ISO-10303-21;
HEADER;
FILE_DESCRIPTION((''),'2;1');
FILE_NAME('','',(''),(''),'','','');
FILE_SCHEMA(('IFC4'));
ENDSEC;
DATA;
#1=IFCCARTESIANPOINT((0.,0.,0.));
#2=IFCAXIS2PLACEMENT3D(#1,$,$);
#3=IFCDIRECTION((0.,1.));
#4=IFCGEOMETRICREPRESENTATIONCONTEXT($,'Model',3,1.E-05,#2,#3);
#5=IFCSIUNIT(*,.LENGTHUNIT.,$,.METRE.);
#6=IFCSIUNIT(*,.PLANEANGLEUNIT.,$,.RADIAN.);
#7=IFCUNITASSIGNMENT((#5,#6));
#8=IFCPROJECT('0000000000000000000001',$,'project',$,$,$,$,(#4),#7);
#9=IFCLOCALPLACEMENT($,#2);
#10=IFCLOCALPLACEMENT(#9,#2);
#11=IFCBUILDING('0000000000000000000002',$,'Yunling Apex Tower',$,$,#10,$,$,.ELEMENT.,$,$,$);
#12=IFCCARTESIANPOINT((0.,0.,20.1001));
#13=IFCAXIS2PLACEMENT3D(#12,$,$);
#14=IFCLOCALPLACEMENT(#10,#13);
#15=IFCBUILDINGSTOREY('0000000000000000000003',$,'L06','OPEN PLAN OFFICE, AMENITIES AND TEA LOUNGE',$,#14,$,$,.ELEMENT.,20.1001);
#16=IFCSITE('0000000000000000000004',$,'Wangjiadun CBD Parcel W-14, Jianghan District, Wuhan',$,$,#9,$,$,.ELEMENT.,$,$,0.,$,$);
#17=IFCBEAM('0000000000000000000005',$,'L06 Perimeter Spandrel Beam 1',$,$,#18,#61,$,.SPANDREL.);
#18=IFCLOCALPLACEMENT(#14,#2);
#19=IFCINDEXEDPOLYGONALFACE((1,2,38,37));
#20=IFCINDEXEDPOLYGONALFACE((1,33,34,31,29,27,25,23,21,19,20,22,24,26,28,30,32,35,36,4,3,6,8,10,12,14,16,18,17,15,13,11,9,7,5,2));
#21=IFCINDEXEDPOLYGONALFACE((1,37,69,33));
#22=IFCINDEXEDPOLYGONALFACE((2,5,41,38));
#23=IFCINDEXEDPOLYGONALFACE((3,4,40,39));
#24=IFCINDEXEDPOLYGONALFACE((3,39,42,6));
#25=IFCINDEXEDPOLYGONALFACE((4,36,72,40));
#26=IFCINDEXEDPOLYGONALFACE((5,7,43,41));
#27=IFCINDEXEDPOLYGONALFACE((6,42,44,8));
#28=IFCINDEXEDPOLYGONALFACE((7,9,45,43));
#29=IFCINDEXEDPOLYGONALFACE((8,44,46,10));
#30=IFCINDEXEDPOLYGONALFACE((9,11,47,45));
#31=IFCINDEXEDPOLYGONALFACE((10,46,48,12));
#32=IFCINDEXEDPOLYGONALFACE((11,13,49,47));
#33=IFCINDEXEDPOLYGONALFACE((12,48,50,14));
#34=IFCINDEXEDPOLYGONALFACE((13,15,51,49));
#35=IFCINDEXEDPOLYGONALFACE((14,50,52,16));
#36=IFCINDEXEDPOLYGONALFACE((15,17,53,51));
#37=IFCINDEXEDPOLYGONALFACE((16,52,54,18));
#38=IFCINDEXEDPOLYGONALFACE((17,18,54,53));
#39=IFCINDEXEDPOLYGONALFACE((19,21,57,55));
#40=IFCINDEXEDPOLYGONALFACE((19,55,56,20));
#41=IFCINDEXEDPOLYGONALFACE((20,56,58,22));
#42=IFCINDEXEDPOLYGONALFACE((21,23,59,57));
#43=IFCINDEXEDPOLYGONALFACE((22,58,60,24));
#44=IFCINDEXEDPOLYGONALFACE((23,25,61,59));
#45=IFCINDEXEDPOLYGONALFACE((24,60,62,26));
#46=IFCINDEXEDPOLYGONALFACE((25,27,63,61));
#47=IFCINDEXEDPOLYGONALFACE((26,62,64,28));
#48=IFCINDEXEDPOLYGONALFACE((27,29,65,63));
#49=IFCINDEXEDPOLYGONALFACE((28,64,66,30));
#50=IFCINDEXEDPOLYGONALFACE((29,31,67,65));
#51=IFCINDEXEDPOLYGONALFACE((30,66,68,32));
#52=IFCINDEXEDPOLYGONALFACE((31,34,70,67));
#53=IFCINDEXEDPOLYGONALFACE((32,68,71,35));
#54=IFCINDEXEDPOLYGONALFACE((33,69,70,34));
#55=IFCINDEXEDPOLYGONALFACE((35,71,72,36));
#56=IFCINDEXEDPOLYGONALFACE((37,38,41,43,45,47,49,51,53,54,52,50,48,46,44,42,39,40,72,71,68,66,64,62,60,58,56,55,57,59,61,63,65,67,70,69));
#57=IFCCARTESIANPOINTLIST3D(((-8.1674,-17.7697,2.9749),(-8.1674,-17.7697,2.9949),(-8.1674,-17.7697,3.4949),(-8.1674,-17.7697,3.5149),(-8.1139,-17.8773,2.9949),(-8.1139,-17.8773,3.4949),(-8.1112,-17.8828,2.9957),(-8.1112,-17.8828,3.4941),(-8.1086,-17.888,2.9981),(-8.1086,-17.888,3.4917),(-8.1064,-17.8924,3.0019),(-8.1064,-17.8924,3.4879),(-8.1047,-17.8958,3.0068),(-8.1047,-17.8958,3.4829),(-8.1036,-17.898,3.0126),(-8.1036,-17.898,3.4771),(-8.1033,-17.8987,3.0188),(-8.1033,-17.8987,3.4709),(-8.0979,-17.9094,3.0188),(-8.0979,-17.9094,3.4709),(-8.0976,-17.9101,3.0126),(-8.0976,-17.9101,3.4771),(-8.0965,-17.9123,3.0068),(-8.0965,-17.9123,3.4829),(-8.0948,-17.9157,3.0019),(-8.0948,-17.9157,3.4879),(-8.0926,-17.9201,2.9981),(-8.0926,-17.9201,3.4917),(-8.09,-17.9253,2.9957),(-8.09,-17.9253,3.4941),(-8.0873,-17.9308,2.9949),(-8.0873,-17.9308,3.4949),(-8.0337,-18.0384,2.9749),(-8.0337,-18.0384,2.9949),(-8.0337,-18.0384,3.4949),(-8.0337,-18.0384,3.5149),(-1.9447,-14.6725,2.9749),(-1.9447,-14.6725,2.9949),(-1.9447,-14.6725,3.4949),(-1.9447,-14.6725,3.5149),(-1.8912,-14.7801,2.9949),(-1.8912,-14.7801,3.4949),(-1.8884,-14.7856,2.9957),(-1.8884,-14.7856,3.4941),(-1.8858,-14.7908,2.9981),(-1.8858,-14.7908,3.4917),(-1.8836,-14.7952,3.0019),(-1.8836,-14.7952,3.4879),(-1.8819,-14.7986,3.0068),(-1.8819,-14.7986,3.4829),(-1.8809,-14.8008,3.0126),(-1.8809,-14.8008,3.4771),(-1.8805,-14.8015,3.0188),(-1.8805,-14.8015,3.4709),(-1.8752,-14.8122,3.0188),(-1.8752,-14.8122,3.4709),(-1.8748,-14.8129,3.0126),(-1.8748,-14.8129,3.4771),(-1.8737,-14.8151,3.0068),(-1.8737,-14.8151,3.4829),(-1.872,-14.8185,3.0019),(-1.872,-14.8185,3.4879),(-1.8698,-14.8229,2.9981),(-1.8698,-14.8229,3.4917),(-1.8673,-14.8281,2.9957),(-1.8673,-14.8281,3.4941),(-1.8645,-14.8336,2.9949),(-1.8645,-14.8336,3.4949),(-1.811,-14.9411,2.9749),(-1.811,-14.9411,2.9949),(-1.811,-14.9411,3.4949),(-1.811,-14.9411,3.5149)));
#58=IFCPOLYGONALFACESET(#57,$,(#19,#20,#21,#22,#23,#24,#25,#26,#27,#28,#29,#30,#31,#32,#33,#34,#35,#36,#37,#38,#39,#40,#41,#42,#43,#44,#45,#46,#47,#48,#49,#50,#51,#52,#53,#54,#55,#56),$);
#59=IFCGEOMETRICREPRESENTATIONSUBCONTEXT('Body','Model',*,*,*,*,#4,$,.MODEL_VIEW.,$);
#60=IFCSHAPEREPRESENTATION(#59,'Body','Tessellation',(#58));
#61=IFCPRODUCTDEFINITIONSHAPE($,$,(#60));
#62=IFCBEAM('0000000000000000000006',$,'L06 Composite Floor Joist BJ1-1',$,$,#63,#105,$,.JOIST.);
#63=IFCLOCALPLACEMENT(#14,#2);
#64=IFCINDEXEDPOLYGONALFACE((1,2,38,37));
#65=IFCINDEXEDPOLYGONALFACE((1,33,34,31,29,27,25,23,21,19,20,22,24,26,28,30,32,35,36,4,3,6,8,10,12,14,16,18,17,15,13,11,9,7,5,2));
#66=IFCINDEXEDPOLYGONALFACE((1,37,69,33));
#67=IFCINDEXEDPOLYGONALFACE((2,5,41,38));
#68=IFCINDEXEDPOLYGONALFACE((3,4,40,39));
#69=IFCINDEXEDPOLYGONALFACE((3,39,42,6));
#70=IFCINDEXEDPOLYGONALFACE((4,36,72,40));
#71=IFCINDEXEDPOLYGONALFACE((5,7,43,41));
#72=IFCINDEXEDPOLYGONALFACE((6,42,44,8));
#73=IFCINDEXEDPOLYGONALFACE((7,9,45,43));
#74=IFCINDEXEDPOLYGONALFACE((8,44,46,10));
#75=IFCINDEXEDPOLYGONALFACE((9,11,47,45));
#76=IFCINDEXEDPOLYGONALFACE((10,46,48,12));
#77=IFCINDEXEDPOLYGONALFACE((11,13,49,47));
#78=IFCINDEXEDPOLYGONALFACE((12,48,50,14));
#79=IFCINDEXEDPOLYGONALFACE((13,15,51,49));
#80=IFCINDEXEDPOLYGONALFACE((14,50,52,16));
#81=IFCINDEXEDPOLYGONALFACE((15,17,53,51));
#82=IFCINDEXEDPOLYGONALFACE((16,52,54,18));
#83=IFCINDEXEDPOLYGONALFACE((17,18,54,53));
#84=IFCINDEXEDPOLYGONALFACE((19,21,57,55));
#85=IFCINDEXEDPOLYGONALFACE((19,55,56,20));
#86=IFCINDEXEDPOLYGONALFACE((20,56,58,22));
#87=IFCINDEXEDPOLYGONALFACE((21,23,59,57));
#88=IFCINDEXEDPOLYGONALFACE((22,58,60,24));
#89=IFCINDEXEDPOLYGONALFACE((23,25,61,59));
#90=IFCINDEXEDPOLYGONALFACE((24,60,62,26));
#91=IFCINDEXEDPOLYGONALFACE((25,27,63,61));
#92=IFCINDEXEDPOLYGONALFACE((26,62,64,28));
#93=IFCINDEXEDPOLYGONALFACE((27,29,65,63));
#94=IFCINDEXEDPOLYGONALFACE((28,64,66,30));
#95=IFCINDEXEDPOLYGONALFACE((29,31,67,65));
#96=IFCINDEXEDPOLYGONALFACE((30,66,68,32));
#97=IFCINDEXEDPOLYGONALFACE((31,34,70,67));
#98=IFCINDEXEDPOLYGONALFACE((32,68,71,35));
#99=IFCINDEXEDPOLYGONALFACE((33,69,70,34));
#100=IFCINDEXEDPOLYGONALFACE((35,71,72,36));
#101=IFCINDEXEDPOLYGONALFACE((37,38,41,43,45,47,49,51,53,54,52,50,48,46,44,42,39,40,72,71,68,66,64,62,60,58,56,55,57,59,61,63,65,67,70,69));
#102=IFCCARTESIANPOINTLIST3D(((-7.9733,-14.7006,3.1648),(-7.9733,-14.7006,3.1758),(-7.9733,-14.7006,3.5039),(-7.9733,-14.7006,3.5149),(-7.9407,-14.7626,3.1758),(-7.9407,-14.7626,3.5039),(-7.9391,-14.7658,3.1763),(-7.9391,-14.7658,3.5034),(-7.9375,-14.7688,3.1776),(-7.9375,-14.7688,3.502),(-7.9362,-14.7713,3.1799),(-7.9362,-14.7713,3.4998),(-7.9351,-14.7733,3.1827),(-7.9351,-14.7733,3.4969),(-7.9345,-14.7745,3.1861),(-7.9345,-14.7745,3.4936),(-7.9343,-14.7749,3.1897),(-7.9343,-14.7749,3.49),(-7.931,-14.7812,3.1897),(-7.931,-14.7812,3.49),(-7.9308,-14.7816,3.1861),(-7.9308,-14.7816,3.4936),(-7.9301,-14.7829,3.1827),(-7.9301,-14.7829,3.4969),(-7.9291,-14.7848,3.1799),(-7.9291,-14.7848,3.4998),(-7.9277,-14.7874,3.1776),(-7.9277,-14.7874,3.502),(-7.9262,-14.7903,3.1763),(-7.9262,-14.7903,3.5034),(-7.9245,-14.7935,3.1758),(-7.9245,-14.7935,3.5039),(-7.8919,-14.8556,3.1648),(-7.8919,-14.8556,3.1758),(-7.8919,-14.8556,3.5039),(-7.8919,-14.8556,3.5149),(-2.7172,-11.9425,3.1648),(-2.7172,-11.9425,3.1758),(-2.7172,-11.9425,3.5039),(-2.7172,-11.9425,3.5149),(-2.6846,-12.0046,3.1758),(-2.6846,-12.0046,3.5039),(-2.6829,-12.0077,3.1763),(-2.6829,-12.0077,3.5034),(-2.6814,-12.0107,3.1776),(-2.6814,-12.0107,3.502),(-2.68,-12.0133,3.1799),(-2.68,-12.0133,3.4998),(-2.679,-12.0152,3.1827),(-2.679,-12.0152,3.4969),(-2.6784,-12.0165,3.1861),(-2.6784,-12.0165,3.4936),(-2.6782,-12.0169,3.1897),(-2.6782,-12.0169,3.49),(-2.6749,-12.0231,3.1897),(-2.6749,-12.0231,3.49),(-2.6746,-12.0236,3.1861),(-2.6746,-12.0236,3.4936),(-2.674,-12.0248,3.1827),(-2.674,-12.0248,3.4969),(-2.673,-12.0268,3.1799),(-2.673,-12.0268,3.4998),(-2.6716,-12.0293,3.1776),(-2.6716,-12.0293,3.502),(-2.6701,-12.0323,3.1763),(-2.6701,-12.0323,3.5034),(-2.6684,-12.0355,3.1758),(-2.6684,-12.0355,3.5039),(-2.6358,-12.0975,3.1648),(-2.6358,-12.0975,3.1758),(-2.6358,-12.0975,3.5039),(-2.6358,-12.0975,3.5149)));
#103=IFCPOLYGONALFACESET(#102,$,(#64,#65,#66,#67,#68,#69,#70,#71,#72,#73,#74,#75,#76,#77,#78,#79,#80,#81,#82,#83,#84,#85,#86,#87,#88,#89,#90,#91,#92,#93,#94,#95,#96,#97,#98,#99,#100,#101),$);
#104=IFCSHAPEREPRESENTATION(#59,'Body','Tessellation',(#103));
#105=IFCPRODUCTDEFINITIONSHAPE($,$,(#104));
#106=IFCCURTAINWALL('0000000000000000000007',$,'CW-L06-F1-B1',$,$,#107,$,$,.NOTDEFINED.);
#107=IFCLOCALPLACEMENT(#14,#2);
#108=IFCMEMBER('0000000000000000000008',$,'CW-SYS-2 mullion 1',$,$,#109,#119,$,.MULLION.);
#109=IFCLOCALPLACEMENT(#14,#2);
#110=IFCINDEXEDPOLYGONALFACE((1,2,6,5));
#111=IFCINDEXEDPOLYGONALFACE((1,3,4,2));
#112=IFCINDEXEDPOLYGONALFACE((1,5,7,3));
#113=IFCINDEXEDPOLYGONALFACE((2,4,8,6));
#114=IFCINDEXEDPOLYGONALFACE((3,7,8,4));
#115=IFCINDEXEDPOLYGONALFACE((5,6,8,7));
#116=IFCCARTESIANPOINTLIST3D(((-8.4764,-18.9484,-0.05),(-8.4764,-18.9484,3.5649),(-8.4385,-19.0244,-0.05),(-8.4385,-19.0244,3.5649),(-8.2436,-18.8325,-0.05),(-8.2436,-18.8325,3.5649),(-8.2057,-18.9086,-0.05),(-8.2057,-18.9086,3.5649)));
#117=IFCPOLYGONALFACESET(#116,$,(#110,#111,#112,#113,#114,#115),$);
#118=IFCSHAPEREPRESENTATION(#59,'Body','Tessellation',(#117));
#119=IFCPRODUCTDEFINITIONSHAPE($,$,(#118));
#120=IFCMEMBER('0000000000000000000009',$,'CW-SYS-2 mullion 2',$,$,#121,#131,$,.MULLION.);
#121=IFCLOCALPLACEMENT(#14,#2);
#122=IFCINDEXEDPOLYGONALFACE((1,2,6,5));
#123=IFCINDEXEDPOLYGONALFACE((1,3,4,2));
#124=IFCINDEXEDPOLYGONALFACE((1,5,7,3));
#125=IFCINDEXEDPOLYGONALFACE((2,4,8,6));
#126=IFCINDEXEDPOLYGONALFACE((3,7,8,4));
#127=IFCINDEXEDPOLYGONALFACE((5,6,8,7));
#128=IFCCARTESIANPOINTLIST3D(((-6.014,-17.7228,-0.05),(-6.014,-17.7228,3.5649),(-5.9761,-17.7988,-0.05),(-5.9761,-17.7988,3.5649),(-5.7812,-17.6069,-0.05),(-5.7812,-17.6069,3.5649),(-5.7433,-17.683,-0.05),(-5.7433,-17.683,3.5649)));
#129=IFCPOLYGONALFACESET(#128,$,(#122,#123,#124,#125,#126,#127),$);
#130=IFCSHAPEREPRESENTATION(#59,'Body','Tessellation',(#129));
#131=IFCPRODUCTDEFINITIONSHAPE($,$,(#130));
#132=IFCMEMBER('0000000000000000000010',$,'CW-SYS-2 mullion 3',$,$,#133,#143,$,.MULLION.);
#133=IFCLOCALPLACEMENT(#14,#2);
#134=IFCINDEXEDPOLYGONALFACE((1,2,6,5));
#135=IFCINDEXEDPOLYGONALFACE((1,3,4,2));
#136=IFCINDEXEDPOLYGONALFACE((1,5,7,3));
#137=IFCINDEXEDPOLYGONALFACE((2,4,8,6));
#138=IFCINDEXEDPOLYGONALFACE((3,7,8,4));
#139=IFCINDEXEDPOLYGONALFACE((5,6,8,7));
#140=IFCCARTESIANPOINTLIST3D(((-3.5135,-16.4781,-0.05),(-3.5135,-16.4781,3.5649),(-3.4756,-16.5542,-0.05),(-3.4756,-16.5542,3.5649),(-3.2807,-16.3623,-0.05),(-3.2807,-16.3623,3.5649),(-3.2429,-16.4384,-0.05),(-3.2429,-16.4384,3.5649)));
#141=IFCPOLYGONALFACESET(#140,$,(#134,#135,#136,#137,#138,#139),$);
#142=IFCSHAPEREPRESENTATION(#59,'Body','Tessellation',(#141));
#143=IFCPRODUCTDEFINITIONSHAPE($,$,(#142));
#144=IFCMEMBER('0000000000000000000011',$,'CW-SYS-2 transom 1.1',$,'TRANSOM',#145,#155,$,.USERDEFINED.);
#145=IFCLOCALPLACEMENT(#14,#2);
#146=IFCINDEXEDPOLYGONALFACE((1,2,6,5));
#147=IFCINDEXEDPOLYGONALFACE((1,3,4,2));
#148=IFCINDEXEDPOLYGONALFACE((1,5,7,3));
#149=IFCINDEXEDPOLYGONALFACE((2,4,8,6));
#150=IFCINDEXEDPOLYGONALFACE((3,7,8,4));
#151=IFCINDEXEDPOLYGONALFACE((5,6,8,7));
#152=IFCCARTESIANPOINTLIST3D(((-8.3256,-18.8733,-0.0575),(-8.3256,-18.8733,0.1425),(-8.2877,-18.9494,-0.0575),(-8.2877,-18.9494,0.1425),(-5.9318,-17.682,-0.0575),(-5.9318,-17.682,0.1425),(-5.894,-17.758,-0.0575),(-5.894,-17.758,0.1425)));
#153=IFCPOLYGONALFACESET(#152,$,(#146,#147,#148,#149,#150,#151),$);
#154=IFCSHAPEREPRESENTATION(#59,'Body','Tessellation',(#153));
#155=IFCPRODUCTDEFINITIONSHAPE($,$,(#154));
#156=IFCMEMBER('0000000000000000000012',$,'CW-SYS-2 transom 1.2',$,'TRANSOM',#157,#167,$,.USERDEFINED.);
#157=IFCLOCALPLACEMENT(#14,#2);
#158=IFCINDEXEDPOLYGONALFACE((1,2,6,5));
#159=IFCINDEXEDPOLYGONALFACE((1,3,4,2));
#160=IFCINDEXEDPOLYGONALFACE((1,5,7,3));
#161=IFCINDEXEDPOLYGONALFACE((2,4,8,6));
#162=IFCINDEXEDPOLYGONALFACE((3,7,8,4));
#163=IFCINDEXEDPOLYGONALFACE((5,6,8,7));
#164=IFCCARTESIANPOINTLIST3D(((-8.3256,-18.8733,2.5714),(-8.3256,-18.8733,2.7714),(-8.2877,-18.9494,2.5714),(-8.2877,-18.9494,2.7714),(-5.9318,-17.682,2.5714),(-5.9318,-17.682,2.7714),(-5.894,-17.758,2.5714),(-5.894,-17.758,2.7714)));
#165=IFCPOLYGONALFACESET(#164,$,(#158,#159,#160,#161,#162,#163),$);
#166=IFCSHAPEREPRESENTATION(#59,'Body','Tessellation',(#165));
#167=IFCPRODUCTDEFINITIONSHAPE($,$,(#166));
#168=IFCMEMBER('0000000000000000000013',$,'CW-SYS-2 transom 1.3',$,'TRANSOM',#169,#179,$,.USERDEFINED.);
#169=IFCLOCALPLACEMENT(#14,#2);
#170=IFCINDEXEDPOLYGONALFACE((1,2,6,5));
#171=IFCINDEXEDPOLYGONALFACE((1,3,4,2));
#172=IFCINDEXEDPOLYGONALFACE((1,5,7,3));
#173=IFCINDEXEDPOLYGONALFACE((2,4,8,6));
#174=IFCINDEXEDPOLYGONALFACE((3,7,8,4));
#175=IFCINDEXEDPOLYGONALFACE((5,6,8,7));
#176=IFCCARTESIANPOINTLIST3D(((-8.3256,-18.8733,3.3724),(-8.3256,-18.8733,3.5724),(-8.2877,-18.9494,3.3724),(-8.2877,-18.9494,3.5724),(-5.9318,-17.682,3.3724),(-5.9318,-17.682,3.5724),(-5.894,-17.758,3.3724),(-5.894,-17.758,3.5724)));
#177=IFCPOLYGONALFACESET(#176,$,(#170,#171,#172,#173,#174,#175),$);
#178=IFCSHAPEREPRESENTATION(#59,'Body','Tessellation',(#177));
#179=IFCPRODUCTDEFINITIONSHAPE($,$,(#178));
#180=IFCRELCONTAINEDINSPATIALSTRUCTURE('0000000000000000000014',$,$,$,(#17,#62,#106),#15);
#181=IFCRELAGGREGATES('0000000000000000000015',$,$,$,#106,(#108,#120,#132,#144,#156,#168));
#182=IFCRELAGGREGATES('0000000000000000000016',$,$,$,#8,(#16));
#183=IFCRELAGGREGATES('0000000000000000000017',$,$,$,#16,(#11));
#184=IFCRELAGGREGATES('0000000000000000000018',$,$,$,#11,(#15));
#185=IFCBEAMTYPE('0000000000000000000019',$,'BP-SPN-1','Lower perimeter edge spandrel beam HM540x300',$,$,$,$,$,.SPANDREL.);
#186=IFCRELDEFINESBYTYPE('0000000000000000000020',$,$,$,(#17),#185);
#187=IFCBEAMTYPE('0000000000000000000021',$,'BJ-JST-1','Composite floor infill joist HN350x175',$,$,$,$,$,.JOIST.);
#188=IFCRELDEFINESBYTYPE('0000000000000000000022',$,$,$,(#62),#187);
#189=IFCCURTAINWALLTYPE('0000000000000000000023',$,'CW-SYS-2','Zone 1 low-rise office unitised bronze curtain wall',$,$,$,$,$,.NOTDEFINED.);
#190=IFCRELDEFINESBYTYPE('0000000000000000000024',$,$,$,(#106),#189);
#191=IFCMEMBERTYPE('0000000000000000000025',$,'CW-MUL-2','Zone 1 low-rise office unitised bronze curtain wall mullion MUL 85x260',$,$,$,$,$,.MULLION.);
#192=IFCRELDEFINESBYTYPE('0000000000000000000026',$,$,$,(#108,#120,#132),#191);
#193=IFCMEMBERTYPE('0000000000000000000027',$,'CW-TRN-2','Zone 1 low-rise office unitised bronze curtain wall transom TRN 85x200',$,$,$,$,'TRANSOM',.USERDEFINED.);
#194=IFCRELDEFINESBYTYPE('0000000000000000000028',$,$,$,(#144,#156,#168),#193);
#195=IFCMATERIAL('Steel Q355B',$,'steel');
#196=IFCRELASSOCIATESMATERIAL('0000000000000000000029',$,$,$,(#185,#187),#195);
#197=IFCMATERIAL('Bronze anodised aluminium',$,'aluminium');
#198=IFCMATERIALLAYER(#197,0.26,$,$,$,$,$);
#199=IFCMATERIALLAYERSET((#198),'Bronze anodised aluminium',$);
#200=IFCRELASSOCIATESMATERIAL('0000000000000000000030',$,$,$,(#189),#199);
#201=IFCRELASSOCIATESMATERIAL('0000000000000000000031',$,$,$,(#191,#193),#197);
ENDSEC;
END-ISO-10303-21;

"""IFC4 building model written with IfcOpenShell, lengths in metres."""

from ifc_helpers import new_model, si_unit, direction, frame, origin, origin_2d, place, context, subcontext, project, spatial, rectangle, i_section, extrude, source, transform, mapped, material, layer, layer_set, material_profile, profile_set, type_object, element, aggregate, save


model = new_model("IFC4")

# Units and contexts
model_context = context("Model", 3, precision=1e-05, world=origin(), true_north=direction((0.0, 1.0)))
body_context = subcontext(model_context, "Body", "Model", "MODEL_VIEW")
ifc_project = project(units=[si_unit("LENGTHUNIT", "METRE"), si_unit("PLANEANGLEUNIT", "RADIAN")], contexts=[model_context])

# Site, building, storey
site_placement = place(None, origin())
site = spatial("IfcSite", under=ifc_project, at=site_placement, Name="Wangjiadun CBD Parcel W-14, Jianghan District, Wuhan", CompositionType="ELEMENT", RefElevation=0.0)
building_placement = place(site_placement, origin())
building = spatial("IfcBuilding", under=site, at=building_placement, Name="Yunling Apex Tower", CompositionType="ELEMENT")
storey_placement = place(building_placement, frame((0.0, 0.0, 20.1001)))
storey = spatial("IfcBuildingStorey", under=building, at=storey_placement, Name="L06", Description="OPEN PLAN OFFICE, AMENITIES AND TEA LOUNGE", CompositionType="ELEMENT", Elevation=20.1001)

# Beams
ifc_material_1 = material(Name="Steel Q355B", Category="steel")
ifc_material_profile_1 = material_profile(ifc_material_1, i_section(OverallWidth=0.3, OverallDepth=0.54, WebThickness=0.012, FlangeThickness=0.02, FilletRadius=0.0239, at=origin_2d()))
ifc_profile_set_1 = profile_set([ifc_material_profile_1], Name="Steel Q355B")
beam_type_1 = type_object("IfcBeamType", Name="BP-SPN-1", Description="Lower perimeter edge spandrel beam HM540x300", PredefinedType="SPANDREL", material=ifc_profile_set_1)
shared_shape_1 = source(origin(), body_context, "Body", "SweptSolid", [
    extrude(i_section(OverallWidth=0.3, OverallDepth=0.54, WebThickness=0.012, FlangeThickness=0.02, FilletRadius=0.0239, at=origin_2d()), origin(), (0.0, 0.0, 1.0), 6.9509),
])
beam_1_placement = place(storey_placement, frame((-8.1006, -17.9041, 3.2449), z_axis=(0.895241, 0.445583, 0.0), x_axis=(-0.445583, 0.895241, 0.0)))
element("IfcBeam", 1, at=beam_1_placement, inside=storey, type_object=beam_type_1, Name="L06 Perimeter Spandrel Beam 1", PredefinedType="SPANDREL", context=body_context, shape_type="MappedRepresentation", body=[
    mapped(shared_shape_1, transform((0.0, 0.0, 0.0), scale=1.0)),
])
ifc_material_profile_2 = material_profile(ifc_material_1, i_section(OverallWidth=0.175, OverallDepth=0.3501, WebThickness=0.0071, FlangeThickness=0.011, FilletRadius=0.0139, at=origin_2d()))
ifc_profile_set_2 = profile_set([ifc_material_profile_2], Name="Steel Q355B")
beam_type_2 = type_object("IfcBeamType", Name="BJ-JST-1", Description="Composite floor infill joist HN350x175", PredefinedType="JOIST", material=ifc_profile_set_2)
shared_shape_2 = source(origin(), body_context, "Body", "SweptSolid", [
    extrude(i_section(OverallWidth=0.175, OverallDepth=0.3501, WebThickness=0.0071, FlangeThickness=0.011, FilletRadius=0.0139, at=origin_2d()), origin(), (0.0, 0.0, 1.0), 5.9358),
])
beam_2_placement = place(storey_placement, frame((-7.9326, -14.7781, 3.3398), z_axis=(0.885495, 0.464649, 0.0), x_axis=(-0.464649, 0.885495, 0.0)))
element("IfcBeam", 2, at=beam_2_placement, inside=storey, type_object=beam_type_2, Name="L06 Composite Floor Joist BJ1-1", PredefinedType="JOIST", context=body_context, shape_type="MappedRepresentation", body=[
    mapped(shared_shape_2, transform((0.0, 0.0, 0.0), scale=1.0)),
])

# Curtain wall, members
ifc_material_2 = material(Name="Bronze anodised aluminium", Category="aluminium")
ifc_layer_1 = layer(ifc_material_2, 0.26)
ifc_layer_set_1 = layer_set([ifc_layer_1], Name="Bronze anodised aluminium")
curtain_wall_type = type_object("IfcCurtainWallType", Name="CW-SYS-2", Description="Zone 1 low-rise office unitised bronze curtain wall", PredefinedType="NOTDEFINED", material=ifc_layer_set_1)
curtain_wall_placement = place(storey_placement, origin())
curtain_wall = element("IfcCurtainWall", 3, at=curtain_wall_placement, inside=storey, type_object=curtain_wall_type, Name="CW-L06-F1-B1", PredefinedType="NOTDEFINED")
ifc_material_profile_3 = material_profile(ifc_material_2, rectangle(XDim=0.085, YDim=0.26, at=origin_2d()))
ifc_profile_set_3 = profile_set([ifc_material_profile_3], Name="Bronze anodised aluminium")
member_type_1 = type_object("IfcMemberType", Name="CW-MUL-2", Description="Zone 1 low-rise office unitised bronze curtain wall mullion MUL 85x260", PredefinedType="MULLION", material=ifc_profile_set_3)
shared_shape_3 = source(origin(), body_context, "Body", "SweptSolid", [
    extrude(rectangle(XDim=0.085, YDim=0.26, at=origin_2d()), origin(), (0.0, 0.0, 1.0), 3.615),
])
member_1_placement = place(storey_placement, frame((-8.3411, -18.9285, -0.05), z_axis=(0.0, 0.0, 1.0), x_axis=(-0.445571, 0.895247, 0.0)))
member_1 = element("IfcMember", 4, at=member_1_placement, type_object=member_type_1, Name="CW-SYS-2 mullion 1", PredefinedType="MULLION", context=body_context, shape_type="MappedRepresentation", body=[
    mapped(shared_shape_3, transform((0.0, 0.0, 0.0), scale=1.0)),
])
member_2_placement = place(storey_placement, frame((-5.8787, -17.7029, -0.05), z_axis=(0.0, 0.0, 1.0), x_axis=(-0.445571, 0.895247, 0.0)))
member_2 = element("IfcMember", 5, at=member_2_placement, type_object=member_type_1, Name="CW-SYS-2 mullion 2", PredefinedType="MULLION", context=body_context, shape_type="MappedRepresentation", body=[
    mapped(shared_shape_3, transform((0.0, 0.0, 0.0), scale=1.0)),
])
member_3_placement = place(storey_placement, frame((-3.3782, -16.4583, -0.05), z_axis=(0.0, 0.0, 1.0), x_axis=(-0.445571, 0.895247, 0.0)))
member_3 = element("IfcMember", 6, at=member_3_placement, type_object=member_type_1, Name="CW-SYS-2 mullion 3", PredefinedType="MULLION", context=body_context, shape_type="MappedRepresentation", body=[
    mapped(shared_shape_3, transform((0.0, 0.0, 0.0), scale=1.0)),
])
ifc_material_profile_4 = material_profile(ifc_material_2, rectangle(XDim=0.085, YDim=0.2, at=origin_2d()))
ifc_profile_set_4 = profile_set([ifc_material_profile_4], Name="Bronze anodised aluminium")
member_type_2 = type_object("IfcMemberType", Name="CW-TRN-2", Description="Zone 1 low-rise office unitised bronze curtain wall transom TRN 85x200", ElementType="TRANSOM", PredefinedType="USERDEFINED", material=ifc_profile_set_4)
shared_shape_4 = source(origin(), body_context, "Body", "SweptSolid", [
    extrude(rectangle(XDim=0.085, YDim=0.2, at=origin_2d()), origin(), (0.0, 0.0, 1.0), 2.6738),
])
member_4_placement = place(storey_placement, frame((-8.3066, -18.9114, 0.0425), z_axis=(0.895247, 0.445569, 0.0), x_axis=(-0.445569, 0.895247, 0.0)))
member_4 = element("IfcMember", 7, at=member_4_placement, type_object=member_type_2, Name="CW-SYS-2 transom 1.1", ObjectType="TRANSOM", PredefinedType="USERDEFINED", context=body_context, shape_type="MappedRepresentation", body=[
    mapped(shared_shape_4, transform((0.0, 0.0, 0.0), scale=1.0)),
])
member_5_placement = place(storey_placement, frame((-8.3066, -18.9114, 2.6714), z_axis=(0.895247, 0.445569, 0.0), x_axis=(-0.445569, 0.895247, 0.0)))
member_5 = element("IfcMember", 8, at=member_5_placement, type_object=member_type_2, Name="CW-SYS-2 transom 1.2", ObjectType="TRANSOM", PredefinedType="USERDEFINED", context=body_context, shape_type="MappedRepresentation", body=[
    mapped(shared_shape_4, transform((0.0, 0.0, 0.0), scale=1.0)),
])
member_6_placement = place(storey_placement, frame((-8.3066, -18.9114, 3.4724), z_axis=(0.895247, 0.445569, 0.0), x_axis=(-0.445569, 0.895247, 0.0)))
member_6 = element("IfcMember", 9, at=member_6_placement, type_object=member_type_2, Name="CW-SYS-2 transom 1.3", ObjectType="TRANSOM", PredefinedType="USERDEFINED", context=body_context, shape_type="MappedRepresentation", body=[
    mapped(shared_shape_4, transform((0.0, 0.0, 0.0), scale=1.0)),
])
aggregate(curtain_wall, [member_1, member_2, member_3, member_4, member_5, member_6])

save(model, "model.ifc")
